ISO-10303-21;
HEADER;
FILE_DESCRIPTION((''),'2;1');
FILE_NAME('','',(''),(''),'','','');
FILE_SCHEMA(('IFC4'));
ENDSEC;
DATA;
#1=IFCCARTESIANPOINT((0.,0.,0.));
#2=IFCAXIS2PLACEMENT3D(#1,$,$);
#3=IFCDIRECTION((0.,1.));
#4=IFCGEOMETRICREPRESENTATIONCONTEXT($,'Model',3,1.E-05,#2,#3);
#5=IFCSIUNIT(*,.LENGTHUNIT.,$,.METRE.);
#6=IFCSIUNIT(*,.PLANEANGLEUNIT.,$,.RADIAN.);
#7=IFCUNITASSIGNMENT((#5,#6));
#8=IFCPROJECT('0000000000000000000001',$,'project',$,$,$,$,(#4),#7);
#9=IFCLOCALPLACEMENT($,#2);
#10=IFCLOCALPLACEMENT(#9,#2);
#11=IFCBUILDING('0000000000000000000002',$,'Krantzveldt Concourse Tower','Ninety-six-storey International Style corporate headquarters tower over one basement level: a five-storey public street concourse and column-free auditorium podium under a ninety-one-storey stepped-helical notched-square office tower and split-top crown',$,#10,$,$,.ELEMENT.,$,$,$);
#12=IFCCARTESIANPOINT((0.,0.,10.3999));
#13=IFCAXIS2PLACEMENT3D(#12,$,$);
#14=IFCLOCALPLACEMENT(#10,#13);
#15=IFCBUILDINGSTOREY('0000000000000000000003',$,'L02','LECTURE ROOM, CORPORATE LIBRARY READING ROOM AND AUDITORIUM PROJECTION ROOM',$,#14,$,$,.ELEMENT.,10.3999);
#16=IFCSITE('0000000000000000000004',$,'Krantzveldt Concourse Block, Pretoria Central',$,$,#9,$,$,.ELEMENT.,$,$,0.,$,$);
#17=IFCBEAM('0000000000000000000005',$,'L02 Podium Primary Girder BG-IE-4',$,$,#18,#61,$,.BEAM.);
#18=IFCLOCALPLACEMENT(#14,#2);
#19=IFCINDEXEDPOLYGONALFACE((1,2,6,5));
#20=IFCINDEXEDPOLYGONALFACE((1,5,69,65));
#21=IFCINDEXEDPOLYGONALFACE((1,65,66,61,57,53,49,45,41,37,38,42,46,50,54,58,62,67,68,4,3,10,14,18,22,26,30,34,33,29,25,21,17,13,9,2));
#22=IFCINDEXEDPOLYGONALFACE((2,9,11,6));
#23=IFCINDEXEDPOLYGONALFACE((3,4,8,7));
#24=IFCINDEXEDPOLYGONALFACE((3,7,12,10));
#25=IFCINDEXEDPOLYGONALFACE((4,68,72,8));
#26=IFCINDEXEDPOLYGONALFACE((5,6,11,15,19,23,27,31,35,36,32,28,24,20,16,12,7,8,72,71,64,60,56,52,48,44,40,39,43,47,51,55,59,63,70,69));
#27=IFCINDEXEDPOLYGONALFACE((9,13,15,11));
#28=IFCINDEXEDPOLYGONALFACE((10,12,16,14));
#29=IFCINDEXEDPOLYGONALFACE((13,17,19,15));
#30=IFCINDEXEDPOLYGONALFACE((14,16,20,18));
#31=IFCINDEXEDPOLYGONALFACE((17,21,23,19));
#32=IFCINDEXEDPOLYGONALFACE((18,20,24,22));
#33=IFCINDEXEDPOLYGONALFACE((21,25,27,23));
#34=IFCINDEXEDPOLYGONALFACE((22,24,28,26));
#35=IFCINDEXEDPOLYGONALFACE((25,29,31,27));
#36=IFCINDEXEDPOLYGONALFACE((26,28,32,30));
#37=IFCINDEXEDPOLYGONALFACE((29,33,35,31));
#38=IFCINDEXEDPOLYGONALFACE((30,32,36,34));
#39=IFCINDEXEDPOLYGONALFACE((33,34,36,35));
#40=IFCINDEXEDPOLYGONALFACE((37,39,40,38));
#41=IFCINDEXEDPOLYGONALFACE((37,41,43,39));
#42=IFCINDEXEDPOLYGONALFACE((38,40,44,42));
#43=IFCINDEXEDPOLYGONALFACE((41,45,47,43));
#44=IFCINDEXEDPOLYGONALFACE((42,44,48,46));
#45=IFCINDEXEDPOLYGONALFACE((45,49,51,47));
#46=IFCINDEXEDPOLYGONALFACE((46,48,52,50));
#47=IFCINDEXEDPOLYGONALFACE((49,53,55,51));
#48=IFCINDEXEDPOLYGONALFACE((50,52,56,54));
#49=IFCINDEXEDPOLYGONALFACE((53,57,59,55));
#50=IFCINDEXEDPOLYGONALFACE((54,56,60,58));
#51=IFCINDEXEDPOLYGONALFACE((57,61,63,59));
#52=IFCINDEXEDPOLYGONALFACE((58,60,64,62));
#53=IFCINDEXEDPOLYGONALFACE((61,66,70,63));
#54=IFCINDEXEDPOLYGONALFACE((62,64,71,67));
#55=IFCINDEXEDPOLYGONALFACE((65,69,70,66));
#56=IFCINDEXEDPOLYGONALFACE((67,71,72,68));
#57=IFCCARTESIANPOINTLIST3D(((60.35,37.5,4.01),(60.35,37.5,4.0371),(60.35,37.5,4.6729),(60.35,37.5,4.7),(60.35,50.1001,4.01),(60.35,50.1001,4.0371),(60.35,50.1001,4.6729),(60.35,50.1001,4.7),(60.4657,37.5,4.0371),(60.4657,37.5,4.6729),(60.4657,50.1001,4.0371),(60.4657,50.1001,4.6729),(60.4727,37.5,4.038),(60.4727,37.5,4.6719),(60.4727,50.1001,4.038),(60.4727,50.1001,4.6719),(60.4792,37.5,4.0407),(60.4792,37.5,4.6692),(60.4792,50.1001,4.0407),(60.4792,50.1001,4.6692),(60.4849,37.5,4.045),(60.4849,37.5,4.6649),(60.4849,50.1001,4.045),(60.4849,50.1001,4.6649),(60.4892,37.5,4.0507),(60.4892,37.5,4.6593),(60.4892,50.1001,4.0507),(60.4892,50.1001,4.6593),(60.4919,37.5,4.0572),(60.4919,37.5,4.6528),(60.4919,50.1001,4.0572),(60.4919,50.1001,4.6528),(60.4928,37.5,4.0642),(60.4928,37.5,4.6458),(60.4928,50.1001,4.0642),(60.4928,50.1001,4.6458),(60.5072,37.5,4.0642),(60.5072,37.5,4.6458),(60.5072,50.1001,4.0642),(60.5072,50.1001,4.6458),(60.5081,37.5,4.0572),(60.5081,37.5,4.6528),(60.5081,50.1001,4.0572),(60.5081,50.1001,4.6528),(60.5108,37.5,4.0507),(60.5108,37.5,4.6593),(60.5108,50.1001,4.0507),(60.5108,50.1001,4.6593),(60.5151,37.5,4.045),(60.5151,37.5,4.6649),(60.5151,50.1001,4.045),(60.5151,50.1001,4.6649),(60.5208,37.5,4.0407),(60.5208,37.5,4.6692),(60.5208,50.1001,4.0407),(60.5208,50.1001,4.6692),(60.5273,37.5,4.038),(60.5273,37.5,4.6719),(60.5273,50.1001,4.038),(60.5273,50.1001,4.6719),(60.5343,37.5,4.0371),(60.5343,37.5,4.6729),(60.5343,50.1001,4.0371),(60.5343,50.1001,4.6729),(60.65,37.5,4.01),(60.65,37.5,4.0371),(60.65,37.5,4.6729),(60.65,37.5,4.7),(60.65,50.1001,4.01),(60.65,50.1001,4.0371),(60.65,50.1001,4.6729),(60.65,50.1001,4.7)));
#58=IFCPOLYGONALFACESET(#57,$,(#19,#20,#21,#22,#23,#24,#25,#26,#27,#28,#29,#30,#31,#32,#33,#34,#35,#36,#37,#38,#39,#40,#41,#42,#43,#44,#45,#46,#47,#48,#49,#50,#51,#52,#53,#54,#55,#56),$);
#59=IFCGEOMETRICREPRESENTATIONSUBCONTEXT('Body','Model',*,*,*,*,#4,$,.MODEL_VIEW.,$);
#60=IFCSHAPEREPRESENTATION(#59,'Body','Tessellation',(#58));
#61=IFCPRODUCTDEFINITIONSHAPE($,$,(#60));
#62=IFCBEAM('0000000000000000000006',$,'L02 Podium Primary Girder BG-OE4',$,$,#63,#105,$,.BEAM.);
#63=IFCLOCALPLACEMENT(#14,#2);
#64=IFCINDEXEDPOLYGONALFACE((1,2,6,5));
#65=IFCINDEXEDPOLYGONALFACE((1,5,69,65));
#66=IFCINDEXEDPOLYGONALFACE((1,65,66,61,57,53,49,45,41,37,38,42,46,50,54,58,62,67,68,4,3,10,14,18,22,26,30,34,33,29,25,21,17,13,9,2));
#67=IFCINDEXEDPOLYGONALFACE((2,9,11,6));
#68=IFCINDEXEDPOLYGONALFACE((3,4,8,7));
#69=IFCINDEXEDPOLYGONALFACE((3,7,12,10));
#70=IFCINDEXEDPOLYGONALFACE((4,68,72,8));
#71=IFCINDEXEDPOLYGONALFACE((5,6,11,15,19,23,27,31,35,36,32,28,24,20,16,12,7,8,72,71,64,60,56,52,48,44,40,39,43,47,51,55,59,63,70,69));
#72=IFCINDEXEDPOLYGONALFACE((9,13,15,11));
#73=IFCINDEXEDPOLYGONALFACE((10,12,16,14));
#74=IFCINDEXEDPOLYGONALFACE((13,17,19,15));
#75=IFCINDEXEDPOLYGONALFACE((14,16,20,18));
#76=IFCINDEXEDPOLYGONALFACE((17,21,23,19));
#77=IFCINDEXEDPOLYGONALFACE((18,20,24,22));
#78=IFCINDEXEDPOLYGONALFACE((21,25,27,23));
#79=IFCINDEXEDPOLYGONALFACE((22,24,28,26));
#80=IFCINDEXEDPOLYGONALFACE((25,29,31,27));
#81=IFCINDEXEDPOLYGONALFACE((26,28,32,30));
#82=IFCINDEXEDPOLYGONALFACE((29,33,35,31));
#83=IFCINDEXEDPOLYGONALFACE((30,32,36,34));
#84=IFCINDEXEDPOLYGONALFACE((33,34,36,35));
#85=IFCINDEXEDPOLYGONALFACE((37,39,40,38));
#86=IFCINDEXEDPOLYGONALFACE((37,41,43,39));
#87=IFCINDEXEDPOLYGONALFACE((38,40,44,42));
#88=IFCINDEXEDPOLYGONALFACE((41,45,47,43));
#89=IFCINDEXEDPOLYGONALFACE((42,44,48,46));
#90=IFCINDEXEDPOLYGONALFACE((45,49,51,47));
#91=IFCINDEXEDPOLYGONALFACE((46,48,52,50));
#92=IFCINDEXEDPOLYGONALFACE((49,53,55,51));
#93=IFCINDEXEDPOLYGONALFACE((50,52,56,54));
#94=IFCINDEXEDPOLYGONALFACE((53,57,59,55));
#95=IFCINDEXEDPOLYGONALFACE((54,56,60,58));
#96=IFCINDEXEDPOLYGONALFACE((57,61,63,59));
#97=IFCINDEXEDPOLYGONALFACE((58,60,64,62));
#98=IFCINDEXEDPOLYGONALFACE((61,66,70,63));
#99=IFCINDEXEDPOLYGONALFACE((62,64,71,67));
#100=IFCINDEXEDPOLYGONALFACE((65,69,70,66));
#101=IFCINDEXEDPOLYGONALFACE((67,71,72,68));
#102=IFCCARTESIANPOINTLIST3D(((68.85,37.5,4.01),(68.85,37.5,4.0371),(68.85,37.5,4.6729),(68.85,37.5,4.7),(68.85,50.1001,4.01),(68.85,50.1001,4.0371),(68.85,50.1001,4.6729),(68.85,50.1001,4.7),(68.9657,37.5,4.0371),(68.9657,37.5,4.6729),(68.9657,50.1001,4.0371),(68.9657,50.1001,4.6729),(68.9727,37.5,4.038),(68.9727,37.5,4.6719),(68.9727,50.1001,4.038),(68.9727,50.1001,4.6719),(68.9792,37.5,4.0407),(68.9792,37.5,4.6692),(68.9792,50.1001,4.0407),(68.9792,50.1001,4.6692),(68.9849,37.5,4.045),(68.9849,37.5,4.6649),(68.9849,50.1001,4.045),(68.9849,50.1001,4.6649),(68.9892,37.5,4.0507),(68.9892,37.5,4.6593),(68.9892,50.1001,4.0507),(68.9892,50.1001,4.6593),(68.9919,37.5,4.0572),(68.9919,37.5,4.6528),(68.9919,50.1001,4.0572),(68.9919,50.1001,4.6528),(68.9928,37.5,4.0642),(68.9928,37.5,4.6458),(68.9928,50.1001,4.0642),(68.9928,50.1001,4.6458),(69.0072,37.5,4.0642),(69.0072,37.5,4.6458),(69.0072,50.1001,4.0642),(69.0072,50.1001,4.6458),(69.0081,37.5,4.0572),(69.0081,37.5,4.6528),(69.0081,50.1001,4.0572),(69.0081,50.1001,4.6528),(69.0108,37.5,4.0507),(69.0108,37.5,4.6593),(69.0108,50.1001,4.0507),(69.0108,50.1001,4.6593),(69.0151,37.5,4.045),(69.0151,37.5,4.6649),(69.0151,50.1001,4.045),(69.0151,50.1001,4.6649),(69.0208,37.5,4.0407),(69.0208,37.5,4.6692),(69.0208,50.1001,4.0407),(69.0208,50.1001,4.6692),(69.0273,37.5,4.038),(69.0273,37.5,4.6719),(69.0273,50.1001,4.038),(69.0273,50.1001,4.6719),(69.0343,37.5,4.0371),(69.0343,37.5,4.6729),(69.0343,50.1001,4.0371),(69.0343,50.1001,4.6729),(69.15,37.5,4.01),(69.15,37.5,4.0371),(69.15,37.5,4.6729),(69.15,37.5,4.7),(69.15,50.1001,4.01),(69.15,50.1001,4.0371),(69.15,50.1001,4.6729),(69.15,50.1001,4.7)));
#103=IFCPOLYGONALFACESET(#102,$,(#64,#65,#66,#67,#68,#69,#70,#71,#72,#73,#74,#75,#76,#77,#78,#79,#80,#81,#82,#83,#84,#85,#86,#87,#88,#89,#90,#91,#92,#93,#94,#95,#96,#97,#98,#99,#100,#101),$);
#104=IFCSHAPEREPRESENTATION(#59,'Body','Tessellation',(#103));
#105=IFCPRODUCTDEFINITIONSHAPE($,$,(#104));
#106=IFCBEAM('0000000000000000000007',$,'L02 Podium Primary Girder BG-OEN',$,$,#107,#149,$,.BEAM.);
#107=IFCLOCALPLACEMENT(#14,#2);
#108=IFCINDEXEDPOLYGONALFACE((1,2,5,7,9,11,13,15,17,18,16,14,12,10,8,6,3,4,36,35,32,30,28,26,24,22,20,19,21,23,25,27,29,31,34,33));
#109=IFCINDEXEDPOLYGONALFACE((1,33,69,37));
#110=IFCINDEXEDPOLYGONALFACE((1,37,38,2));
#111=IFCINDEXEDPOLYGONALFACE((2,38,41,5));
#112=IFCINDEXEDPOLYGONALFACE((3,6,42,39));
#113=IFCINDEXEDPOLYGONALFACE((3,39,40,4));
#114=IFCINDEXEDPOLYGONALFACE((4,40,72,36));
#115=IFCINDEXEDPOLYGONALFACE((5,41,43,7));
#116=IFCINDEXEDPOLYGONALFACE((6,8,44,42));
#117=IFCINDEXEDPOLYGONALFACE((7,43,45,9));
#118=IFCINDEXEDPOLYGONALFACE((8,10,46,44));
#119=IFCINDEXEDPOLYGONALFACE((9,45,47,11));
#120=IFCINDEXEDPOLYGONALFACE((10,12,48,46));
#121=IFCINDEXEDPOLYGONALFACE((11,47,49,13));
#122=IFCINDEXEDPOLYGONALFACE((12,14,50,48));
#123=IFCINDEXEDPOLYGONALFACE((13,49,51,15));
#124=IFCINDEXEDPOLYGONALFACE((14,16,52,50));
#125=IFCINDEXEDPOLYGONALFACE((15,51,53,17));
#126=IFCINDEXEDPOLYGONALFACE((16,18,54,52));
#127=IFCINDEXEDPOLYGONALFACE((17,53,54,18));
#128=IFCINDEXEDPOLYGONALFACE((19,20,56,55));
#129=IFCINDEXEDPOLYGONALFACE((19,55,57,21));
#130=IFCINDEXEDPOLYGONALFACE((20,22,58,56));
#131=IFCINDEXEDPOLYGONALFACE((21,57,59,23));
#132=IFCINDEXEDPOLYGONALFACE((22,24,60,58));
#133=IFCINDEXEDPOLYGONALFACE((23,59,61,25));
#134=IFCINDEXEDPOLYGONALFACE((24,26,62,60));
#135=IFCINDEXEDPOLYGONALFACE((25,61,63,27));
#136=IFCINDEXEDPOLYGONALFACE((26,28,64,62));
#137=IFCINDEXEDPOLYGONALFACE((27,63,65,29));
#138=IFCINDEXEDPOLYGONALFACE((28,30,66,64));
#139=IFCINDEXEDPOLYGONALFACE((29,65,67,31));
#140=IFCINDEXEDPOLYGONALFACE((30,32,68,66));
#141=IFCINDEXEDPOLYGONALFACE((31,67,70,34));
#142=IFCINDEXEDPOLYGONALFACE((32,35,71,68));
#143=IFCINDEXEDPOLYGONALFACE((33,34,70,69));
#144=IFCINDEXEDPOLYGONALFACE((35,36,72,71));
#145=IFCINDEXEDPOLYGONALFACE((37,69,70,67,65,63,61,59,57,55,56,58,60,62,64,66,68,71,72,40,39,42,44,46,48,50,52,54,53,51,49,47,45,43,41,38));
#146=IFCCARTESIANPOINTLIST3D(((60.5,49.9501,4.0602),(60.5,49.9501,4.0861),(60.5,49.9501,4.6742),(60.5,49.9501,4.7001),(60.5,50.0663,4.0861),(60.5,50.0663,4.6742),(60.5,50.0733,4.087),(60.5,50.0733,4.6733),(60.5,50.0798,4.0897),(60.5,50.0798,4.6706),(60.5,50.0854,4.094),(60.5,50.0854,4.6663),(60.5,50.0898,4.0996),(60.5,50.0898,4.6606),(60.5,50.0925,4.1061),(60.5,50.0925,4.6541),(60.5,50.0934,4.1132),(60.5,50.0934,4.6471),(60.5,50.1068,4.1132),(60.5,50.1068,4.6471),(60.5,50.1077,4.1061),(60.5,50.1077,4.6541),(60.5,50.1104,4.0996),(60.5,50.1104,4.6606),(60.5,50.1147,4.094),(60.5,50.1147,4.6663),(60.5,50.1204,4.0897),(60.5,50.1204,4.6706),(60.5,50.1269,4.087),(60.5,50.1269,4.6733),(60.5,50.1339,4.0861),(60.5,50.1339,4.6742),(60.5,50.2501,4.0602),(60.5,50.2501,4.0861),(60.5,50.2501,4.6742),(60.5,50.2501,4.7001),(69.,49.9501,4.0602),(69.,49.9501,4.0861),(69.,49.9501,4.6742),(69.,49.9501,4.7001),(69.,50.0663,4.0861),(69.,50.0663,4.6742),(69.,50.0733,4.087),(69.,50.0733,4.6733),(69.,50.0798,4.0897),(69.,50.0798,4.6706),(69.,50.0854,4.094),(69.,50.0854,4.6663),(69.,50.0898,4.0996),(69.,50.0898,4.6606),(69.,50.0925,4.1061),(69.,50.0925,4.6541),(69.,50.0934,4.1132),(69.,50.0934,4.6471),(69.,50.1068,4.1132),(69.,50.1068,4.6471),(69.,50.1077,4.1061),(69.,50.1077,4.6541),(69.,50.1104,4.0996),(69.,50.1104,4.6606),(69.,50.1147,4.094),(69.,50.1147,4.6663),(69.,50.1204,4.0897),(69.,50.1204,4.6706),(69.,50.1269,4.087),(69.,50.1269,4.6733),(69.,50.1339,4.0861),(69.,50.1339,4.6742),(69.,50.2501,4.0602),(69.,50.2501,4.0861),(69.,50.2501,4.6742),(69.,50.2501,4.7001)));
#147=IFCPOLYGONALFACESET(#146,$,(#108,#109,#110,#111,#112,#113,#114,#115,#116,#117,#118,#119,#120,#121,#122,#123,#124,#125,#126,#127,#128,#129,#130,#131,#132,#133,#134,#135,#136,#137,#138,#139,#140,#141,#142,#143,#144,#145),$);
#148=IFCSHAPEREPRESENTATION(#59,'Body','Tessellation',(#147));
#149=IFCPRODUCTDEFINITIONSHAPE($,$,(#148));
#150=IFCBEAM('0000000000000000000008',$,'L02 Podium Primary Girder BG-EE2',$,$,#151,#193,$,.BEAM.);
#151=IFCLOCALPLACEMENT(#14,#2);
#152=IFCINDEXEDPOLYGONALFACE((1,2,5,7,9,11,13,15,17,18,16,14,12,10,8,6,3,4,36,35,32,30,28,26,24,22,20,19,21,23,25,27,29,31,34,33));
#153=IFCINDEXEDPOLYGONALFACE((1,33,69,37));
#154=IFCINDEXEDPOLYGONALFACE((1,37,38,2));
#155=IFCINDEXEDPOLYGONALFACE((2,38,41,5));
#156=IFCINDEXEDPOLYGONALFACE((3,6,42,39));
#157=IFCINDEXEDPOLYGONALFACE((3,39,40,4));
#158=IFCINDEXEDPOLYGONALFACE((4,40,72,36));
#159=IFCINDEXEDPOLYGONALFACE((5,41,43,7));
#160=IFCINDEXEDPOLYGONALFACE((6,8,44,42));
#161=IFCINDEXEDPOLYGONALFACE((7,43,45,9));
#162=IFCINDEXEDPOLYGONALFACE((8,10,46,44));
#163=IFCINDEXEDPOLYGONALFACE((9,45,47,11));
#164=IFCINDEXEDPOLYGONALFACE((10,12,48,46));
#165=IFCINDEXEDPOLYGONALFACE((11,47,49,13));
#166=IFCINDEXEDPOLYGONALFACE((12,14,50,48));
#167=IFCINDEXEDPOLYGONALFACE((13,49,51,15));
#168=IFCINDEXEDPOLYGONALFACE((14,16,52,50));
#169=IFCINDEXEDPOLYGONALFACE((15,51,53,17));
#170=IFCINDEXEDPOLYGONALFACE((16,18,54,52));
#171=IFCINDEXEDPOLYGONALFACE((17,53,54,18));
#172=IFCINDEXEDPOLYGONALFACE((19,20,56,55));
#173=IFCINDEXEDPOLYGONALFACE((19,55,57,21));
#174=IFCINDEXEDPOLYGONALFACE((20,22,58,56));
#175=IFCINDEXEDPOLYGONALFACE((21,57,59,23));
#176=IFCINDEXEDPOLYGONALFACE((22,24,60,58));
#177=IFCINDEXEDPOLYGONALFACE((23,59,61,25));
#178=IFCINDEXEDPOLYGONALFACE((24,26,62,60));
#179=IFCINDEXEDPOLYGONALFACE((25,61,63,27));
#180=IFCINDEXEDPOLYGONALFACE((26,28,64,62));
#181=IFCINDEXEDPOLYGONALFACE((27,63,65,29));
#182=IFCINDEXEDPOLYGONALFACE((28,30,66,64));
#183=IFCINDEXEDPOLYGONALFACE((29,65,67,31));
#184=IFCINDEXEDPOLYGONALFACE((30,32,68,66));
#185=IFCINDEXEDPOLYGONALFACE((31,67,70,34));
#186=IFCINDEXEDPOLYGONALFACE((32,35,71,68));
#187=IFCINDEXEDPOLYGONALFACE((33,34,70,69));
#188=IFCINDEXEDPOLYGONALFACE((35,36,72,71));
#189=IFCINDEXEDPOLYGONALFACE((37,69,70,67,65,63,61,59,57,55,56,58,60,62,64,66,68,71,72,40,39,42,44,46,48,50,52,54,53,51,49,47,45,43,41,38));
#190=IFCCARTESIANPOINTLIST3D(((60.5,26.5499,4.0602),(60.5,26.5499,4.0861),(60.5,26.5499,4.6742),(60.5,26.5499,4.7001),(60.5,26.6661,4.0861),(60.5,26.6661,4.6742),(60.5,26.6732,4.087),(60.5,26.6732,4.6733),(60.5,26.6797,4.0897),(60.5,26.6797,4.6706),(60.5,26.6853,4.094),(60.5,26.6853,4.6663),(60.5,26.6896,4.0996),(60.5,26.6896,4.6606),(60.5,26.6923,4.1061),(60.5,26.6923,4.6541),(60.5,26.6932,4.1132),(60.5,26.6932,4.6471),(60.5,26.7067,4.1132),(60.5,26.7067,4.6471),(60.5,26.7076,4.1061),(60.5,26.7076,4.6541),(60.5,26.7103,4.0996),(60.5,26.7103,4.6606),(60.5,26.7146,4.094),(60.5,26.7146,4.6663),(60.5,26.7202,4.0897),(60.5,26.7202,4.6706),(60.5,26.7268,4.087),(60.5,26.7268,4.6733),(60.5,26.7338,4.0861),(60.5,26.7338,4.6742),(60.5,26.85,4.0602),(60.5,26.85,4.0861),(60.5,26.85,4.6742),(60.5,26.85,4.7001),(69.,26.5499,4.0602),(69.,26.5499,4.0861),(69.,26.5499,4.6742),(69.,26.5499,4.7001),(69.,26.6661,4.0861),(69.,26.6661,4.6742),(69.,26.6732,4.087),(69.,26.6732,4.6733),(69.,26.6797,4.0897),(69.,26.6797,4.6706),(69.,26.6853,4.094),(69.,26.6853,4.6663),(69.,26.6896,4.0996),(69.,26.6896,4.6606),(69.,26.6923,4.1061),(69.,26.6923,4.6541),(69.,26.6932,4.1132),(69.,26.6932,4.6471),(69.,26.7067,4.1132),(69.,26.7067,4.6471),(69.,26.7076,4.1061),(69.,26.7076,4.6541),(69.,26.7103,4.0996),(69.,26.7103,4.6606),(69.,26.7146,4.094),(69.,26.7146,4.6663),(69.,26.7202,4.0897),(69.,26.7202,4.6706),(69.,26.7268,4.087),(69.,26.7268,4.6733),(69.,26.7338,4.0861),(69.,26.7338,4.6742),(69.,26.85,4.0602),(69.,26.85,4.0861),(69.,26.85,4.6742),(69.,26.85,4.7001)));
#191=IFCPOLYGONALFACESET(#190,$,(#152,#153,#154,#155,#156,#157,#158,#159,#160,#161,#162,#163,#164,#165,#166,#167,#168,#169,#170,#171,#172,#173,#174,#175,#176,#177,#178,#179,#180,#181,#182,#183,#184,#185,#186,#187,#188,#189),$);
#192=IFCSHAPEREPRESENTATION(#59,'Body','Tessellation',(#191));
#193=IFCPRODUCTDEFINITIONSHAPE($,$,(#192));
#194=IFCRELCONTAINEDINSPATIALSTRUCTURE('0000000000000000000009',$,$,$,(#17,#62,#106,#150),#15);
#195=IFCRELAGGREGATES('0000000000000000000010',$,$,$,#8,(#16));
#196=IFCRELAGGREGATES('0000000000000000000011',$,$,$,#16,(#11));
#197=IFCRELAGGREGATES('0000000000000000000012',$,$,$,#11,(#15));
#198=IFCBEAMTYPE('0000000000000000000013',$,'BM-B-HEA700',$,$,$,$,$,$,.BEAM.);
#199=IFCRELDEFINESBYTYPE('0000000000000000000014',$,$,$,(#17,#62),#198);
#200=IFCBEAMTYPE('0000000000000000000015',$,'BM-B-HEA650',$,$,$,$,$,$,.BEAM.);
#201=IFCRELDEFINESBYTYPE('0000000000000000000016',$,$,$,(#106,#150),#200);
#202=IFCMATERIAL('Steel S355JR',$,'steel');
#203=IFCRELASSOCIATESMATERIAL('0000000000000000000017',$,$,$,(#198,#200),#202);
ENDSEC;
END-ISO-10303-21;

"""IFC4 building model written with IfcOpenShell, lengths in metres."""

from ifc_helpers import new_model, si_unit, direction, frame, origin, origin_2d, place, context, subcontext, project, spatial, i_section, extrude, source, transform, mapped, material, material_profile, profile_set, type_object, type_shapes, element, save


model = new_model("IFC4")

# Units and contexts
model_context = context("Model", 3, precision=1e-05, world=origin(), true_north=direction((0.0, 1.0)))
body_context = subcontext(model_context, "Body", "Model", "MODEL_VIEW")
ifc_project = project(units=[si_unit("LENGTHUNIT", "METRE"), si_unit("PLANEANGLEUNIT", "RADIAN")], contexts=[model_context])

# Site, building, storey
site_placement = place(None, origin())
site = spatial("IfcSite", under=ifc_project, at=site_placement, Name="Krantzveldt Concourse Block, Pretoria Central", CompositionType="ELEMENT", RefElevation=0.0)
building_placement = place(site_placement, origin())
building = spatial("IfcBuilding", under=site, at=building_placement, Name="Krantzveldt Concourse Tower", Description="Ninety-six-storey International Style corporate headquarters tower over one basement level: a five-storey public street concourse and column-free auditorium podium under a ninety-one-storey stepped-helical notched-square office tower and split-top crown", CompositionType="ELEMENT")
storey_placement = place(building_placement, frame((0.0, 0.0, 10.3999)))
storey = spatial("IfcBuildingStorey", under=building, at=storey_placement, Name="L02", Description="LECTURE ROOM, CORPORATE LIBRARY READING ROOM AND AUDITORIUM PROJECTION ROOM", CompositionType="ELEMENT", Elevation=10.3999)

# Beams
ifc_material_1 = material(Name="Steel S355JR", Category="steel")
ifc_material_profile_1 = material_profile(ifc_material_1, i_section(OverallWidth=0.3, OverallDepth=0.6899, WebThickness=0.0144, FlangeThickness=0.0271, FilletRadius=0.0271, at=origin_2d()), Name="Steel S355JR", Category="steel")
ifc_profile_set_1 = profile_set([ifc_material_profile_1], Name="Steel S355JR - HEA 700")
beam_type_1 = type_object("IfcBeamType", Name="BM-B-HEA700", PredefinedType="BEAM", material=ifc_profile_set_1)
shared_shape_1 = source(origin(), body_context, "Body", "SweptSolid", [
    extrude(i_section(OverallWidth=0.3, OverallDepth=0.6899, WebThickness=0.0144, FlangeThickness=0.0271, FilletRadius=0.0271, at=origin_2d()), origin(), (0.0, 0.0, 1.0), 12.6001),
])
for number, where, z_axis, x_axis, name in (
    (1, (60.5, 37.5, 4.355), (0.0, 1.0, 0.0), (-1.0, 0.0, 0.0), "L02 Podium Primary Girder BG-IE-4"),
    (2, (69.0, 37.5, 4.355), (0.0, 1.0, 0.0), (-1.0, 0.0, 0.0), "L02 Podium Primary Girder BG-OE4"),
):
    element("IfcBeam", number, at=place(storey_placement, frame(where, z_axis=z_axis, x_axis=x_axis)), inside=storey, type_object=beam_type_1, Name=name, PredefinedType="BEAM", context=body_context, shape_type="MappedRepresentation", body=[
        mapped(shared_shape_1, transform((0.0, 0.0, 0.0), x_axis=(1.0, 0.0, 0.0), y_axis=(0.0, 1.0, 0.0), z_axis=(0.0, 0.0, 1.0), scale=1.0)),
    ])
ifc_material_profile_2 = material_profile(ifc_material_1, i_section(OverallWidth=0.3, OverallDepth=0.6399, WebThickness=0.0134, FlangeThickness=0.0259, FilletRadius=0.0271, at=origin_2d()), Name="Steel S355JR", Category="steel")
ifc_profile_set_2 = profile_set([ifc_material_profile_2], Name="Steel S355JR - HEA 650")
beam_type_2 = type_object("IfcBeamType", Name="BM-B-HEA650", PredefinedType="BEAM", material=ifc_profile_set_2)
shared_shape_2 = source(origin(), body_context, "Body", "SweptSolid", [
    extrude(i_section(OverallWidth=0.3, OverallDepth=0.6399, WebThickness=0.0134, FlangeThickness=0.0259, FilletRadius=0.0271, at=origin_2d()), origin(), (0.0, 0.0, 1.0), 8.5),
])
type_shapes(beam_type_2, [shared_shape_2])
for number, where, z_axis, x_axis, name in (
    (3, (60.5, 50.1001, 4.3801), (1.0, 0.0, 0.0), (0.0, 1.0, 0.0), "L02 Podium Primary Girder BG-OEN"),
    (4, (60.5, 26.7, 4.3801), (1.0, 0.0, 0.0), (0.0, 1.0, 0.0), "L02 Podium Primary Girder BG-EE2"),
):
    element("IfcBeam", number, at=place(storey_placement, frame(where, z_axis=z_axis, x_axis=x_axis)), inside=storey, type_object=beam_type_2, Name=name, PredefinedType="BEAM", context=body_context, shape_type="MappedRepresentation", body=[
        mapped(shared_shape_2, transform((0.0, 0.0, 0.0), x_axis=(1.0, 0.0, 0.0), y_axis=(0.0, 1.0, 0.0), z_axis=(0.0, 0.0, 1.0), scale=1.0)),
    ])

save(model, "model.ifc")
